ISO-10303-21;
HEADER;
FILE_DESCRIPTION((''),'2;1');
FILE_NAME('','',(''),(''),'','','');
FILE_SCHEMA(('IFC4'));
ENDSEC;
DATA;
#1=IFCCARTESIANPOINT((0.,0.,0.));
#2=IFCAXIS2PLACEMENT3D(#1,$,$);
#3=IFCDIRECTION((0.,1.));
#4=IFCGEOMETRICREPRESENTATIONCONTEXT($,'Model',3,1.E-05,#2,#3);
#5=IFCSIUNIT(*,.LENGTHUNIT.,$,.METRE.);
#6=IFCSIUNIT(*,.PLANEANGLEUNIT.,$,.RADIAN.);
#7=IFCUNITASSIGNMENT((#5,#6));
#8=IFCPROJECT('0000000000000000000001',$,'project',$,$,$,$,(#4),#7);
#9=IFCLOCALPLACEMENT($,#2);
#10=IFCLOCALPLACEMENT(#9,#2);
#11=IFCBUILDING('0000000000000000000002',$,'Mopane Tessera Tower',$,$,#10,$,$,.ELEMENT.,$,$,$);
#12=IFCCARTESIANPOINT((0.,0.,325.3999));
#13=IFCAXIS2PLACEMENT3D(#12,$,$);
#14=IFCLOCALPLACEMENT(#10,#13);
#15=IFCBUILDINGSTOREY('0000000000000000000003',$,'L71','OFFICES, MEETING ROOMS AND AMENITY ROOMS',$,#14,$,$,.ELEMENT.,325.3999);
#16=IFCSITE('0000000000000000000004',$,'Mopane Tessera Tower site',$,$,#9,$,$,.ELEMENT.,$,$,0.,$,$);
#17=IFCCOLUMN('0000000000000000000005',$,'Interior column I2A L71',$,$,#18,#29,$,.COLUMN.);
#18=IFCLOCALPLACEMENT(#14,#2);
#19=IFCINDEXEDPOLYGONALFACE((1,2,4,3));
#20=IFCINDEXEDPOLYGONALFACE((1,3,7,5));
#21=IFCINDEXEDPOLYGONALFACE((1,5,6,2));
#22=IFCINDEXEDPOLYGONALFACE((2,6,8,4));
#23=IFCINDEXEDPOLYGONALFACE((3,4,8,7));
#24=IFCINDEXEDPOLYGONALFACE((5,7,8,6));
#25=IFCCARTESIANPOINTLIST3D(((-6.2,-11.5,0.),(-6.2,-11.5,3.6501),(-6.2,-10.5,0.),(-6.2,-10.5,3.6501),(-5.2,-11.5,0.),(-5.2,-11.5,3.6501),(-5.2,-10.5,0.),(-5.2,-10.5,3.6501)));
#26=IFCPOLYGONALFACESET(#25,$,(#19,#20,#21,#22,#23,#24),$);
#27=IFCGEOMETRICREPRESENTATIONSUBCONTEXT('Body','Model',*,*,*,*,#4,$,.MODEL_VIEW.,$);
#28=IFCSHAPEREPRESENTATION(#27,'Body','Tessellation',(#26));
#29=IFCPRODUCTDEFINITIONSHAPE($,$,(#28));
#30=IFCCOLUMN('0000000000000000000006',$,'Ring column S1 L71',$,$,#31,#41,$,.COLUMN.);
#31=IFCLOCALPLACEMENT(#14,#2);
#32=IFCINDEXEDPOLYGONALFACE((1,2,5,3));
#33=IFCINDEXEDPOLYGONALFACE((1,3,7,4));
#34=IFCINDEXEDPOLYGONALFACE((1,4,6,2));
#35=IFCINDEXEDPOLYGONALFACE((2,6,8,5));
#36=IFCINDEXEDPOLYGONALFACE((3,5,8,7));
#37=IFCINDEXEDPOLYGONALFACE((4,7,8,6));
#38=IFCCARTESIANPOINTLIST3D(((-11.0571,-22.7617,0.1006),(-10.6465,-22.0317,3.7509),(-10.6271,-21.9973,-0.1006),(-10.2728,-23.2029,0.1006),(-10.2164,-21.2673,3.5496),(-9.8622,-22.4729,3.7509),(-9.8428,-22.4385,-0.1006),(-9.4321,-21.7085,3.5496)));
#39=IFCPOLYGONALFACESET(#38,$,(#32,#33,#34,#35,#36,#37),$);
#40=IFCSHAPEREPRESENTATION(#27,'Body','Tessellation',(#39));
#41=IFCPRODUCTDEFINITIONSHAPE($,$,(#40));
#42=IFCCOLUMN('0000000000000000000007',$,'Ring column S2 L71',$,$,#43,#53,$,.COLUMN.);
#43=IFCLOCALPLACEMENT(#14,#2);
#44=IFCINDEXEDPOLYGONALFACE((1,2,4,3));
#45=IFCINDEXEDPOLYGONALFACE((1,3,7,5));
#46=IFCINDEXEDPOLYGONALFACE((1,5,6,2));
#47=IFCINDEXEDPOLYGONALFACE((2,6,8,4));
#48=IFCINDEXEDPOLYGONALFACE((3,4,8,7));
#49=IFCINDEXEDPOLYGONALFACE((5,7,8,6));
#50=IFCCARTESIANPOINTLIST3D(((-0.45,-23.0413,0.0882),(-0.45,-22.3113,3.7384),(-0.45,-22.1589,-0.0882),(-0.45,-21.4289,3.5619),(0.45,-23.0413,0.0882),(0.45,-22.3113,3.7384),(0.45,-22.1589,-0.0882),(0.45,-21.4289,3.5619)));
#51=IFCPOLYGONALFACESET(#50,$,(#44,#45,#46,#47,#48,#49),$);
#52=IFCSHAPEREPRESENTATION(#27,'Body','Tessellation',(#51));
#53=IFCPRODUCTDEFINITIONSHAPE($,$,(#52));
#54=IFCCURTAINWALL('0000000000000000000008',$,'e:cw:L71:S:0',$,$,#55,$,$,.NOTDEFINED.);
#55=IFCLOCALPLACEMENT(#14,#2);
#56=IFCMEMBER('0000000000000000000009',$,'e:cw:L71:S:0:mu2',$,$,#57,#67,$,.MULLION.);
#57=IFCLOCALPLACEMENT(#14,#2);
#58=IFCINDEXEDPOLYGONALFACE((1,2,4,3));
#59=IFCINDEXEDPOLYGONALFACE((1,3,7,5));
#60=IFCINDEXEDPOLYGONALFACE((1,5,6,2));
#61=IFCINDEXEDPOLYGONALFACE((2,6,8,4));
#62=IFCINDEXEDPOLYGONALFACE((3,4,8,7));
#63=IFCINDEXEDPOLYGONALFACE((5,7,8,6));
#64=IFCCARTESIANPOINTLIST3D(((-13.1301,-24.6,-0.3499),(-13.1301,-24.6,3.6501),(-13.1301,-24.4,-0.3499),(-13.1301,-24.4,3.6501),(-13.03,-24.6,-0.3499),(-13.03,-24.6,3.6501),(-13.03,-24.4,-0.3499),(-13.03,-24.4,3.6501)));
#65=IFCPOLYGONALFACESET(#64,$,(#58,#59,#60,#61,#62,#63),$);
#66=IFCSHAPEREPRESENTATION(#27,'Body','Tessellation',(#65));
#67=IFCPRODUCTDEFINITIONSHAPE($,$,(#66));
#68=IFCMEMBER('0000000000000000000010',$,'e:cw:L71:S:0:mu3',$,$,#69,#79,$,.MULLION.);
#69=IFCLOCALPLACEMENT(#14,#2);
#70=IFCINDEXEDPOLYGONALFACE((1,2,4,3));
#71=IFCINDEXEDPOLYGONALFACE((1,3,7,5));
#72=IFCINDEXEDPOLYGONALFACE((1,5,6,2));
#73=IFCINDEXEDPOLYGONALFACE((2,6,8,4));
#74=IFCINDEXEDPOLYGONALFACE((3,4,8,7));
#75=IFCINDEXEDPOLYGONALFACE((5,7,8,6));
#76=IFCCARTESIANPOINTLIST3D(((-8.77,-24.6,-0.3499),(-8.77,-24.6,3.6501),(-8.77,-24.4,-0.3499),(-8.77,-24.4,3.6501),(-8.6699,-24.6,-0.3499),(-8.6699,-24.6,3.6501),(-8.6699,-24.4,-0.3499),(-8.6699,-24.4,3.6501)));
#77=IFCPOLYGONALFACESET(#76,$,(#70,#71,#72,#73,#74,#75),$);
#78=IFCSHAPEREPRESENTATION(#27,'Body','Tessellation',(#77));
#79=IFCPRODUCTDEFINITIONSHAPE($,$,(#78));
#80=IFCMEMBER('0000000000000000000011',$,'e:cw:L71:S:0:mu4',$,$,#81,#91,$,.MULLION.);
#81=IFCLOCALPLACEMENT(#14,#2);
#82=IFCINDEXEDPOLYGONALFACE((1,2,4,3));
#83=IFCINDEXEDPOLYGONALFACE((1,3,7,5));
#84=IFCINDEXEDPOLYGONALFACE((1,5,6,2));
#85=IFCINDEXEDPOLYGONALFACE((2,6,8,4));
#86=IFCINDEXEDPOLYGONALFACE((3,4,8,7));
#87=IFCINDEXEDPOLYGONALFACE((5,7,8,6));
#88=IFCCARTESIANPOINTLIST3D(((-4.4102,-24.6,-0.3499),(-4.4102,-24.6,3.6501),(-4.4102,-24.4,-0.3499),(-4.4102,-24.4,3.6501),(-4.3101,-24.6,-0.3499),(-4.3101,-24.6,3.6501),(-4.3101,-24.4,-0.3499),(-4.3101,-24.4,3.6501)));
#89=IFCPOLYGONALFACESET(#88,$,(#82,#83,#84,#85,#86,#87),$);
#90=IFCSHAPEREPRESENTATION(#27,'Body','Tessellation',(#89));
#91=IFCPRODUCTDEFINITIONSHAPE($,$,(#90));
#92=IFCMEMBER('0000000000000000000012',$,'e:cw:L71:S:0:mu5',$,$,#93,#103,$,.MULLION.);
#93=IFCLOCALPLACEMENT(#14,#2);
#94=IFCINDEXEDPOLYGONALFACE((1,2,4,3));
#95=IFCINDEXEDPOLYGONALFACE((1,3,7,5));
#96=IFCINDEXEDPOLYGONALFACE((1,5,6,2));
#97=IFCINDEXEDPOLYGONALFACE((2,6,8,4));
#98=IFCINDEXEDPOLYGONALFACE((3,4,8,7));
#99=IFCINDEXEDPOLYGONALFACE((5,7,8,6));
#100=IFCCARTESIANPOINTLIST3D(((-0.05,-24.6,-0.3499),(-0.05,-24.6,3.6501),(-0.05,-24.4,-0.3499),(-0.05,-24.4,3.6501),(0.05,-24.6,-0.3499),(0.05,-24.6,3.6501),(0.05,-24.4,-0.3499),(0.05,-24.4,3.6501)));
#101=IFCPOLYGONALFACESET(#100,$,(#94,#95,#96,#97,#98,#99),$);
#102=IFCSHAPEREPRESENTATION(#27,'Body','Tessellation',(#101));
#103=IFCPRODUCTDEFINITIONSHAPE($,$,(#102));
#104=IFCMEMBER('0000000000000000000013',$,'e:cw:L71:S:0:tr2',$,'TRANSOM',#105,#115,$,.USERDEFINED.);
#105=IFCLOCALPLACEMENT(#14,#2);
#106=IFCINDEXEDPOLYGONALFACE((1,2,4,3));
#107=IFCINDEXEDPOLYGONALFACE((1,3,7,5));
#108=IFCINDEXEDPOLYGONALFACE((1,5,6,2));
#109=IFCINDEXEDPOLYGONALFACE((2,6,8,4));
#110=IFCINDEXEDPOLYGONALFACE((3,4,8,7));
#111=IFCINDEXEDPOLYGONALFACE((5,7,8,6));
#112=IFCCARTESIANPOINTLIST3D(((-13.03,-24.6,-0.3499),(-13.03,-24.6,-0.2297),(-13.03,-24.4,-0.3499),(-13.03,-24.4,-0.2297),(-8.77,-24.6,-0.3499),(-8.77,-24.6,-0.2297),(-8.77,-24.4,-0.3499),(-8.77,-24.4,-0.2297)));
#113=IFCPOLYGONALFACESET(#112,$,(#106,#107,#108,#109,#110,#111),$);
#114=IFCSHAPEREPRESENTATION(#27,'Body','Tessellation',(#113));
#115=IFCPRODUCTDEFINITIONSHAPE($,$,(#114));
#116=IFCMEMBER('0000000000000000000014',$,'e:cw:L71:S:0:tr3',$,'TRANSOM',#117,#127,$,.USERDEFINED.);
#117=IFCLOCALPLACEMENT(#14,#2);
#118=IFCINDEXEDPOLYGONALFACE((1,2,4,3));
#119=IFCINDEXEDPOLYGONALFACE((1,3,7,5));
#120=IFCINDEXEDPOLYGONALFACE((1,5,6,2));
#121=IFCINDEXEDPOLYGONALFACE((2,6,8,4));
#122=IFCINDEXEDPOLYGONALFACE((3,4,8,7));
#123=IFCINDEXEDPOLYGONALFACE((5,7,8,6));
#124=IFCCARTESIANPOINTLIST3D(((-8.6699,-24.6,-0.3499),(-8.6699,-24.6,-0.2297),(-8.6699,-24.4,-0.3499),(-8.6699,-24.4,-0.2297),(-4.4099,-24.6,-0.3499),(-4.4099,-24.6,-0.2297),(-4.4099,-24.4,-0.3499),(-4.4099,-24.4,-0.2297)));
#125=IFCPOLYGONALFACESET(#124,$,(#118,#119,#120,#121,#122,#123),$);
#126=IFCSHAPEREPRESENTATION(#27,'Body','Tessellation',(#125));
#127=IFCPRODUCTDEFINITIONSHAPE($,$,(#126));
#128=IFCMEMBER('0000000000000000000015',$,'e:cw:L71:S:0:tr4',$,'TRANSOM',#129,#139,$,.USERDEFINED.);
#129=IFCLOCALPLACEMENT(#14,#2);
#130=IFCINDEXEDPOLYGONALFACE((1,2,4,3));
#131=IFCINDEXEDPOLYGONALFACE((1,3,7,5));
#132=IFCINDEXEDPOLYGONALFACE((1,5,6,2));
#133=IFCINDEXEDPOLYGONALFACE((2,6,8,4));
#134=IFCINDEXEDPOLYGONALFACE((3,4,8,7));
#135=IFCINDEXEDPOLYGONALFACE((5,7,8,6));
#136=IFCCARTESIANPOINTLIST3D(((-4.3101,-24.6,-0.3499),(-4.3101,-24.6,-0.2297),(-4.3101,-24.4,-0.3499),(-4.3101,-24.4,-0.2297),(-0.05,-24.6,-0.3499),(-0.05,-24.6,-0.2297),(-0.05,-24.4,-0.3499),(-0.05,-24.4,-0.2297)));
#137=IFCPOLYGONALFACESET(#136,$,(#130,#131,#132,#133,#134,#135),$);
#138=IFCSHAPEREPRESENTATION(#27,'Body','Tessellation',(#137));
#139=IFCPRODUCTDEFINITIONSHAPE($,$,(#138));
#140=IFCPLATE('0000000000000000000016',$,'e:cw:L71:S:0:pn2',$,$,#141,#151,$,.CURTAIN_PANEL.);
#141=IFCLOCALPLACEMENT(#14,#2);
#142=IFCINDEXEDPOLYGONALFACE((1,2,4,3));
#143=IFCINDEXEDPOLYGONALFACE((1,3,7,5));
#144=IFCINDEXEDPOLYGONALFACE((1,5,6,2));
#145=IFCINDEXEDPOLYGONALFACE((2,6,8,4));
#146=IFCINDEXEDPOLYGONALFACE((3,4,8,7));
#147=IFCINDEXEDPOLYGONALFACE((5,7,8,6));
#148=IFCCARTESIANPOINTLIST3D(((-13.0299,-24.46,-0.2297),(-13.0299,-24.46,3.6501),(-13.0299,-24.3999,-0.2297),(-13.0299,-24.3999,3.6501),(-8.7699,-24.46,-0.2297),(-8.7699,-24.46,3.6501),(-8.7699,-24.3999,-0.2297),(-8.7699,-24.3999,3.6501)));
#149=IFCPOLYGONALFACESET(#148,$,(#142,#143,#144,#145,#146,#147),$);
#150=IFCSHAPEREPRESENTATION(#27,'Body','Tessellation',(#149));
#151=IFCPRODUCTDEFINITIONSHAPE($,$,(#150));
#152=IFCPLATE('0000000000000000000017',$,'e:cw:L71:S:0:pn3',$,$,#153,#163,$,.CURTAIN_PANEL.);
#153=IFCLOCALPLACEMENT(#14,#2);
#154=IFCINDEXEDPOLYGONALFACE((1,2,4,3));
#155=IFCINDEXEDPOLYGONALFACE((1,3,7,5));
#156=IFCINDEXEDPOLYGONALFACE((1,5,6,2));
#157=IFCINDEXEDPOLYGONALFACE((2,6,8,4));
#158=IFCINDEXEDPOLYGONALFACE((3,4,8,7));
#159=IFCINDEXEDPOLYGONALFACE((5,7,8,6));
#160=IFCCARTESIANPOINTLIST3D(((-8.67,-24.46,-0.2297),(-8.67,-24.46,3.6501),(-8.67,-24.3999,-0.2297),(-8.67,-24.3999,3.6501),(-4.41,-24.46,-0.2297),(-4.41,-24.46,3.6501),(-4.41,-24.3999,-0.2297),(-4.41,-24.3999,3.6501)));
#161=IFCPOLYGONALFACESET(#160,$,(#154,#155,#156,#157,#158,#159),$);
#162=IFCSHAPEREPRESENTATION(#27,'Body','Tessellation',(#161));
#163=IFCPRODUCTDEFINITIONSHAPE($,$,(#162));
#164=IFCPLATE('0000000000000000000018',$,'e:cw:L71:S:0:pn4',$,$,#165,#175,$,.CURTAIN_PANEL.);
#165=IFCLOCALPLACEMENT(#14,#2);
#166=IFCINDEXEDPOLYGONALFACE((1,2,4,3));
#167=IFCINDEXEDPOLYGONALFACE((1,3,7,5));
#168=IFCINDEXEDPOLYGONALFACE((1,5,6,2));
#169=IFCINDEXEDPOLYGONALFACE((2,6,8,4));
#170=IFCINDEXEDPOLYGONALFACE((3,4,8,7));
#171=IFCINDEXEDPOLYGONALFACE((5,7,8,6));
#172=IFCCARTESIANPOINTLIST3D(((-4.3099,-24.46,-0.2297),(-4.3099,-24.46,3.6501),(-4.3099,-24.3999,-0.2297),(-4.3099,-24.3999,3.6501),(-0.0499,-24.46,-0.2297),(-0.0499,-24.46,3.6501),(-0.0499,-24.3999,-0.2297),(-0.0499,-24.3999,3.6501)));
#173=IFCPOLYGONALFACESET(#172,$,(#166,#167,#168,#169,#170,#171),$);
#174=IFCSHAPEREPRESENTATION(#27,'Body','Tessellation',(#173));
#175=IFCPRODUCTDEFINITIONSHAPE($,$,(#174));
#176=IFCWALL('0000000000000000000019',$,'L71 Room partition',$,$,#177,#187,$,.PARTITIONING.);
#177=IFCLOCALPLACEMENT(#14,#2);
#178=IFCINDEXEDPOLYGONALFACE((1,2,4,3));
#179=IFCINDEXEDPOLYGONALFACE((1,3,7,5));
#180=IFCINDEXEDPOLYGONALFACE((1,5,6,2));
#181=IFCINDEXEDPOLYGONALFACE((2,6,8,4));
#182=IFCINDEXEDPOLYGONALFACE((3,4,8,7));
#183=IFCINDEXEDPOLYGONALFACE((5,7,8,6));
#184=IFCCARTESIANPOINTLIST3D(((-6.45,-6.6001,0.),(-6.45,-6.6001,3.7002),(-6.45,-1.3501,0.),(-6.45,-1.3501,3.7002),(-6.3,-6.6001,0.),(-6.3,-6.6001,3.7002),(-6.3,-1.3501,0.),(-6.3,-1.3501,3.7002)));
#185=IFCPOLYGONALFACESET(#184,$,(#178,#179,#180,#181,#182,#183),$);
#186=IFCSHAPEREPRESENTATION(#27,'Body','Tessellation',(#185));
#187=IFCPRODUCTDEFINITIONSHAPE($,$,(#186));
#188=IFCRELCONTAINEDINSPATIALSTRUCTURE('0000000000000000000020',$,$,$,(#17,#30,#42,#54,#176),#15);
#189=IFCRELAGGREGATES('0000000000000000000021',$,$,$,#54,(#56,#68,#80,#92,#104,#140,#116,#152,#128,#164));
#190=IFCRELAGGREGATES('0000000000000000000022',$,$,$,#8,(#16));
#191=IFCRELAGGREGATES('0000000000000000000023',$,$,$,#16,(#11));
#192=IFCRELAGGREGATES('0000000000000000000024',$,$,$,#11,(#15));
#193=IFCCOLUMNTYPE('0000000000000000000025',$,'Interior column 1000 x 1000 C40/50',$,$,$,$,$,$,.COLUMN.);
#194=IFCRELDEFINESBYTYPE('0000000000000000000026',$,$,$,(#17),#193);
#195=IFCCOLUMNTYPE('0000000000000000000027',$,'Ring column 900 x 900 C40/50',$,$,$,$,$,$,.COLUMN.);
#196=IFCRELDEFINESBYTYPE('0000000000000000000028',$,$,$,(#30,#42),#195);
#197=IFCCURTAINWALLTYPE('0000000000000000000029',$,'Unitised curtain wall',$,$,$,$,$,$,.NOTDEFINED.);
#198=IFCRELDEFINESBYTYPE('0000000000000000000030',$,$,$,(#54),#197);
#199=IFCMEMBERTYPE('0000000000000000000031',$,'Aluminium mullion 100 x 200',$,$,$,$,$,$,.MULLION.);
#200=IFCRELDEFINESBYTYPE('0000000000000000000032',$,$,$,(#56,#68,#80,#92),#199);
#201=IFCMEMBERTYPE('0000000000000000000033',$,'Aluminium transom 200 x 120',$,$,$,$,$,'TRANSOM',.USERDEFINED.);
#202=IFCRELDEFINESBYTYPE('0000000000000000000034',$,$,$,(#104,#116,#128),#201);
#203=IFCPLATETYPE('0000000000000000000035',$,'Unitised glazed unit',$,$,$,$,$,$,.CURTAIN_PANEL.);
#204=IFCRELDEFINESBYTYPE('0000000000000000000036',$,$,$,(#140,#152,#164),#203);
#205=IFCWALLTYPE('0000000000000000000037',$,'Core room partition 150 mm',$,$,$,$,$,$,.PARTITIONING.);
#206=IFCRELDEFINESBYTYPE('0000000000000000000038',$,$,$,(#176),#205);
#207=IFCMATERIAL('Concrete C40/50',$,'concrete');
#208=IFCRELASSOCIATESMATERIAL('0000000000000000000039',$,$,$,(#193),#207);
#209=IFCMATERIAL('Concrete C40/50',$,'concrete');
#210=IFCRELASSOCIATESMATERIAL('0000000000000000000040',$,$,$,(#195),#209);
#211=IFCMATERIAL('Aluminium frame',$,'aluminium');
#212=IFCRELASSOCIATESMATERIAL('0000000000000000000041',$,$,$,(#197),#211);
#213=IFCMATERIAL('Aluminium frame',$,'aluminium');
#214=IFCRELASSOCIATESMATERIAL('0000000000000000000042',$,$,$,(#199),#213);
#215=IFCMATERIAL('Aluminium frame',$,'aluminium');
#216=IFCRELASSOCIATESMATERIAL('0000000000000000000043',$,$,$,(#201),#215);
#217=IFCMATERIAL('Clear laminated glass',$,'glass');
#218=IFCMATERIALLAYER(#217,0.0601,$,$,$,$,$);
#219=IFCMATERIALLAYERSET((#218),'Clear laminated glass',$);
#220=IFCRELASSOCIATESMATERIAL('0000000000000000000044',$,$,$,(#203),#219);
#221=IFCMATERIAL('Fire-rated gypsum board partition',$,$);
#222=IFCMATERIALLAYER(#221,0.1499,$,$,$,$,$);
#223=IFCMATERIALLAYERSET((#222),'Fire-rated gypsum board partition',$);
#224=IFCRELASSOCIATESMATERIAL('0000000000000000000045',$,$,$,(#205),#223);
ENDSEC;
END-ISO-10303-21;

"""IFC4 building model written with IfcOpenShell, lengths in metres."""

from ifc_helpers import new_model, si_unit, direction, frame, frame_2d, origin, origin_2d, place, context, subcontext, project, spatial, rectangle, extrude, material, layer, layer_set, material_profile, profile_set, type_object, element, aggregate, save


model = new_model("IFC4")

# Units and contexts
model_context = context("Model", 3, precision=1e-05, world=origin(), true_north=direction((0.0, 1.0)))
body_context = subcontext(model_context, "Body", "Model", "MODEL_VIEW")
ifc_project = project(units=[si_unit("LENGTHUNIT", "METRE"), si_unit("PLANEANGLEUNIT", "RADIAN")], contexts=[model_context])

# Site, building, storey
site_placement = place(None, origin())
site = spatial("IfcSite", under=ifc_project, at=site_placement, Name="Mopane Tessera Tower site", CompositionType="ELEMENT", RefElevation=0.0)
building_placement = place(site_placement, origin())
building = spatial("IfcBuilding", under=site, at=building_placement, Name="Mopane Tessera Tower", CompositionType="ELEMENT")
storey_placement = place(building_placement, frame((0.0, 0.0, 325.3999)))
storey = spatial("IfcBuildingStorey", under=building, at=storey_placement, Name="L71", Description="OFFICES, MEETING ROOMS AND AMENITY ROOMS", CompositionType="ELEMENT", Elevation=325.3999)

# Columns
ifc_material_1 = material(Name="Concrete C40/50", Category="concrete")
ifc_material_profile_1 = material_profile(ifc_material_1, rectangle(XDim=1.0, YDim=1.0, at=origin_2d()))
ifc_profile_set_1 = profile_set([ifc_material_profile_1], Name="Concrete C40/50")
column_type_1 = type_object("IfcColumnType", Name="Interior column 1000 x 1000 C40/50", PredefinedType="COLUMN", material=ifc_profile_set_1)
column_1_placement = place(storey_placement, frame((-5.7, -11.0, 0.0), z_axis=(0.0, 0.0, 1.0), x_axis=(1.0, 0.0, 0.0)))
element("IfcColumn", 1, at=column_1_placement, inside=storey, type_object=column_type_1, Name="Interior column I2A L71", PredefinedType="COLUMN", context=body_context, shape_type="SweptSolid", body=[
    extrude(rectangle(XDim=1.0, YDim=1.0, at=origin_2d()), origin(), (0.0, 0.0, 1.0), 3.6501),
])
ifc_material_2 = material(Name="Concrete C40/50", Category="concrete")
ifc_material_profile_2 = material_profile(ifc_material_2, rectangle(XDim=0.8999, YDim=0.8999, at=origin_2d()))
ifc_profile_set_2 = profile_set([ifc_material_profile_2], Name="Concrete C40/50")
column_type_2 = type_object("IfcColumnType", Name="Ring column 900 x 900 C40/50", PredefinedType="COLUMN", material=ifc_profile_set_2)
column_2_placement = place(storey_placement, frame((-10.45, -22.6001, 0.0), z_axis=(0.109651, 0.194921, 0.97467), x_axis=(-0.87156, 0.490289, 0.0)))
element("IfcColumn", 2, at=column_2_placement, inside=storey, type_object=column_type_2, Name="Ring column S1 L71", PredefinedType="COLUMN", context=body_context, shape_type="SweptSolid", body=[
    extrude(rectangle(XDim=0.8999, YDim=0.8999, at=origin_2d()), origin(), (0.0, 0.0, 1.0), 3.7451),
])
column_3_placement = place(storey_placement, frame((0.0, -22.6001, 0.0), z_axis=(0.0, 0.196104, 0.980583), x_axis=(-1.0, 0.0, 0.0)))
element("IfcColumn", 3, at=column_3_placement, inside=storey, type_object=column_type_2, Name="Ring column S2 L71", PredefinedType="COLUMN", context=body_context, shape_type="SweptSolid", body=[
    extrude(rectangle(XDim=0.8999, YDim=0.8999, at=origin_2d()), origin(), (0.0, 0.0, 1.0), 3.7224),
])

# Curtain wall, members, plates
ifc_material_3 = material(Name="Aluminium frame", Category="aluminium")
curtain_wall_type = type_object("IfcCurtainWallType", Name="Unitised curtain wall", PredefinedType="NOTDEFINED", material=ifc_material_3)
curtain_wall_placement = place(storey_placement, origin())
curtain_wall = element("IfcCurtainWall", 4, at=curtain_wall_placement, inside=storey, type_object=curtain_wall_type, Name="e:cw:L71:S:0", PredefinedType="NOTDEFINED")
ifc_material_4 = material(Name="Aluminium frame", Category="aluminium")
ifc_material_profile_3 = material_profile(ifc_material_4, rectangle(XDim=0.1001, YDim=0.2, at=origin_2d()))
ifc_profile_set_3 = profile_set([ifc_material_profile_3], Name="Aluminium frame")
member_type_1 = type_object("IfcMemberType", Name="Aluminium mullion 100 x 200", PredefinedType="MULLION", material=ifc_profile_set_3)
member_1_placement = place(storey_placement, frame((-13.0801, -24.5, -0.3499), z_axis=(0.0, 0.0, 1.0), x_axis=(1.0, 0.0, 0.0)))
member_1 = element("IfcMember", 5, at=member_1_placement, type_object=member_type_1, Name="e:cw:L71:S:0:mu2", PredefinedType="MULLION", context=body_context, shape_type="SweptSolid", body=[
    extrude(rectangle(XDim=0.1001, YDim=0.2, at=origin_2d()), origin(), (0.0, 0.0, 1.0), 4.0),
])
member_2_placement = place(storey_placement, frame((-8.72, -24.5, -0.3499), z_axis=(0.0, 0.0, 1.0), x_axis=(1.0, 0.0, 0.0)))
member_2 = element("IfcMember", 6, at=member_2_placement, type_object=member_type_1, Name="e:cw:L71:S:0:mu3", PredefinedType="MULLION", context=body_context, shape_type="SweptSolid", body=[
    extrude(rectangle(XDim=0.1001, YDim=0.2, at=origin_2d()), origin(), (0.0, 0.0, 1.0), 4.0),
])
member_3_placement = place(storey_placement, frame((-4.3601, -24.5, -0.3499), z_axis=(0.0, 0.0, 1.0), x_axis=(1.0, 0.0, 0.0)))
member_3 = element("IfcMember", 7, at=member_3_placement, type_object=member_type_1, Name="e:cw:L71:S:0:mu4", PredefinedType="MULLION", context=body_context, shape_type="SweptSolid", body=[
    extrude(rectangle(XDim=0.1001, YDim=0.2, at=origin_2d()), origin(), (0.0, 0.0, 1.0), 4.0),
])
member_4_placement = place(storey_placement, frame((0.0, -24.5, -0.3499), z_axis=(0.0, 0.0, 1.0), x_axis=(1.0, 0.0, 0.0)))
member_4 = element("IfcMember", 8, at=member_4_placement, type_object=member_type_1, Name="e:cw:L71:S:0:mu5", PredefinedType="MULLION", context=body_context, shape_type="SweptSolid", body=[
    extrude(rectangle(XDim=0.1001, YDim=0.2, at=origin_2d()), origin(), (0.0, 0.0, 1.0), 4.0),
])
ifc_material_5 = material(Name="Aluminium frame", Category="aluminium")
ifc_material_profile_4 = material_profile(ifc_material_5, rectangle(XDim=0.2, YDim=0.1201, at=origin_2d()))
ifc_profile_set_4 = profile_set([ifc_material_profile_4], Name="Aluminium frame")
member_type_2 = type_object("IfcMemberType", Name="Aluminium transom 200 x 120", ElementType="TRANSOM", PredefinedType="USERDEFINED", material=ifc_profile_set_4)
member_5_placement = place(storey_placement, frame((-13.03, -24.5, -0.2898), z_axis=(1.0, 0.0, 0.0), x_axis=(0.0, 1.0, 0.0)))
member_5 = element("IfcMember", 9, at=member_5_placement, type_object=member_type_2, Name="e:cw:L71:S:0:tr2", ObjectType="TRANSOM", PredefinedType="USERDEFINED", context=body_context, shape_type="SweptSolid", body=[
    extrude(rectangle(XDim=0.2, YDim=0.1201, at=origin_2d()), origin(), (0.0, 0.0, 1.0), 4.26),
])
member_6_placement = place(storey_placement, frame((-8.6699, -24.5, -0.2898), z_axis=(1.0, 0.0, 0.0), x_axis=(0.0, 1.0, 0.0)))
member_6 = element("IfcMember", 10, at=member_6_placement, type_object=member_type_2, Name="e:cw:L71:S:0:tr3", ObjectType="TRANSOM", PredefinedType="USERDEFINED", context=body_context, shape_type="SweptSolid", body=[
    extrude(rectangle(XDim=0.2, YDim=0.1201, at=origin_2d()), origin(), (0.0, 0.0, 1.0), 4.26),
])
member_7_placement = place(storey_placement, frame((-4.3101, -24.5, -0.2898), z_axis=(1.0, 0.0, 0.0), x_axis=(0.0, 1.0, 0.0)))
member_7 = element("IfcMember", 11, at=member_7_placement, type_object=member_type_2, Name="e:cw:L71:S:0:tr4", ObjectType="TRANSOM", PredefinedType="USERDEFINED", context=body_context, shape_type="SweptSolid", body=[
    extrude(rectangle(XDim=0.2, YDim=0.1201, at=origin_2d()), origin(), (0.0, 0.0, 1.0), 4.26),
])
ifc_material_6 = material(Name="Clear laminated glass", Category="glass")
ifc_layer_1 = layer(ifc_material_6, 0.0601)
ifc_layer_set_1 = layer_set([ifc_layer_1], Name="Clear laminated glass")
plate_type = type_object("IfcPlateType", Name="Unitised glazed unit", PredefinedType="CURTAIN_PANEL", material=ifc_layer_set_1)
plate_1_placement = place(storey_placement, frame((-10.8999, -24.4299, -0.2297), z_axis=(0.0, 0.0, 1.0), x_axis=(1.0, 0.0, 0.0)))
plate_1 = element("IfcPlate", 12, at=plate_1_placement, type_object=plate_type, Name="e:cw:L71:S:0:pn2", PredefinedType="CURTAIN_PANEL", context=body_context, shape_type="SweptSolid", body=[
    extrude(rectangle(XDim=4.26, YDim=0.0601, at=origin_2d()), origin(), (0.0, 0.0, 1.0), 3.8799),
])
plate_2_placement = place(storey_placement, frame((-6.54, -24.4299, -0.2297), z_axis=(0.0, 0.0, 1.0), x_axis=(1.0, 0.0, 0.0)))
plate_2 = element("IfcPlate", 13, at=plate_2_placement, type_object=plate_type, Name="e:cw:L71:S:0:pn3", PredefinedType="CURTAIN_PANEL", context=body_context, shape_type="SweptSolid", body=[
    extrude(rectangle(XDim=4.26, YDim=0.0601, at=origin_2d()), origin(), (0.0, 0.0, 1.0), 3.8799),
])
plate_3_placement = place(storey_placement, frame((-2.1799, -24.4299, -0.2297), z_axis=(0.0, 0.0, 1.0), x_axis=(1.0, 0.0, 0.0)))
plate_3 = element("IfcPlate", 14, at=plate_3_placement, type_object=plate_type, Name="e:cw:L71:S:0:pn4", PredefinedType="CURTAIN_PANEL", context=body_context, shape_type="SweptSolid", body=[
    extrude(rectangle(XDim=4.26, YDim=0.0601, at=origin_2d()), origin(), (0.0, 0.0, 1.0), 3.8799),
])
aggregate(curtain_wall, [member_1, member_2, member_3, member_4, member_5, plate_1, member_6, plate_2, member_7, plate_3])

# Wall
ifc_material_7 = material(Name="Fire-rated gypsum board partition")
ifc_layer_2 = layer(ifc_material_7, 0.1499)
ifc_layer_set_2 = layer_set([ifc_layer_2], Name="Fire-rated gypsum board partition")
wall_type_1 = type_object("IfcWallType", Name="Core room partition 150 mm", PredefinedType="PARTITIONING", material=ifc_layer_set_2)
for number, where, z_axis, x_axis, name in (
    (15, (-6.375, -6.6001, 0.0), (0.0, 0.0, 1.0), (0.0, 1.0, 0.0), "L71 Room partition"),
):
    element("IfcWall", number, at=place(storey_placement, frame(where, z_axis=z_axis, x_axis=x_axis)), inside=storey, type_object=wall_type_1, Name=name, PredefinedType="PARTITIONING", context=body_context, shape_type="SweptSolid", body=[
        extrude(rectangle(XDim=5.25, YDim=0.1499, at=frame_2d((2.625, 0.0))), origin(), (0.0, 0.0, 1.0), 3.7002),
    ])

save(model, "model.ifc")
